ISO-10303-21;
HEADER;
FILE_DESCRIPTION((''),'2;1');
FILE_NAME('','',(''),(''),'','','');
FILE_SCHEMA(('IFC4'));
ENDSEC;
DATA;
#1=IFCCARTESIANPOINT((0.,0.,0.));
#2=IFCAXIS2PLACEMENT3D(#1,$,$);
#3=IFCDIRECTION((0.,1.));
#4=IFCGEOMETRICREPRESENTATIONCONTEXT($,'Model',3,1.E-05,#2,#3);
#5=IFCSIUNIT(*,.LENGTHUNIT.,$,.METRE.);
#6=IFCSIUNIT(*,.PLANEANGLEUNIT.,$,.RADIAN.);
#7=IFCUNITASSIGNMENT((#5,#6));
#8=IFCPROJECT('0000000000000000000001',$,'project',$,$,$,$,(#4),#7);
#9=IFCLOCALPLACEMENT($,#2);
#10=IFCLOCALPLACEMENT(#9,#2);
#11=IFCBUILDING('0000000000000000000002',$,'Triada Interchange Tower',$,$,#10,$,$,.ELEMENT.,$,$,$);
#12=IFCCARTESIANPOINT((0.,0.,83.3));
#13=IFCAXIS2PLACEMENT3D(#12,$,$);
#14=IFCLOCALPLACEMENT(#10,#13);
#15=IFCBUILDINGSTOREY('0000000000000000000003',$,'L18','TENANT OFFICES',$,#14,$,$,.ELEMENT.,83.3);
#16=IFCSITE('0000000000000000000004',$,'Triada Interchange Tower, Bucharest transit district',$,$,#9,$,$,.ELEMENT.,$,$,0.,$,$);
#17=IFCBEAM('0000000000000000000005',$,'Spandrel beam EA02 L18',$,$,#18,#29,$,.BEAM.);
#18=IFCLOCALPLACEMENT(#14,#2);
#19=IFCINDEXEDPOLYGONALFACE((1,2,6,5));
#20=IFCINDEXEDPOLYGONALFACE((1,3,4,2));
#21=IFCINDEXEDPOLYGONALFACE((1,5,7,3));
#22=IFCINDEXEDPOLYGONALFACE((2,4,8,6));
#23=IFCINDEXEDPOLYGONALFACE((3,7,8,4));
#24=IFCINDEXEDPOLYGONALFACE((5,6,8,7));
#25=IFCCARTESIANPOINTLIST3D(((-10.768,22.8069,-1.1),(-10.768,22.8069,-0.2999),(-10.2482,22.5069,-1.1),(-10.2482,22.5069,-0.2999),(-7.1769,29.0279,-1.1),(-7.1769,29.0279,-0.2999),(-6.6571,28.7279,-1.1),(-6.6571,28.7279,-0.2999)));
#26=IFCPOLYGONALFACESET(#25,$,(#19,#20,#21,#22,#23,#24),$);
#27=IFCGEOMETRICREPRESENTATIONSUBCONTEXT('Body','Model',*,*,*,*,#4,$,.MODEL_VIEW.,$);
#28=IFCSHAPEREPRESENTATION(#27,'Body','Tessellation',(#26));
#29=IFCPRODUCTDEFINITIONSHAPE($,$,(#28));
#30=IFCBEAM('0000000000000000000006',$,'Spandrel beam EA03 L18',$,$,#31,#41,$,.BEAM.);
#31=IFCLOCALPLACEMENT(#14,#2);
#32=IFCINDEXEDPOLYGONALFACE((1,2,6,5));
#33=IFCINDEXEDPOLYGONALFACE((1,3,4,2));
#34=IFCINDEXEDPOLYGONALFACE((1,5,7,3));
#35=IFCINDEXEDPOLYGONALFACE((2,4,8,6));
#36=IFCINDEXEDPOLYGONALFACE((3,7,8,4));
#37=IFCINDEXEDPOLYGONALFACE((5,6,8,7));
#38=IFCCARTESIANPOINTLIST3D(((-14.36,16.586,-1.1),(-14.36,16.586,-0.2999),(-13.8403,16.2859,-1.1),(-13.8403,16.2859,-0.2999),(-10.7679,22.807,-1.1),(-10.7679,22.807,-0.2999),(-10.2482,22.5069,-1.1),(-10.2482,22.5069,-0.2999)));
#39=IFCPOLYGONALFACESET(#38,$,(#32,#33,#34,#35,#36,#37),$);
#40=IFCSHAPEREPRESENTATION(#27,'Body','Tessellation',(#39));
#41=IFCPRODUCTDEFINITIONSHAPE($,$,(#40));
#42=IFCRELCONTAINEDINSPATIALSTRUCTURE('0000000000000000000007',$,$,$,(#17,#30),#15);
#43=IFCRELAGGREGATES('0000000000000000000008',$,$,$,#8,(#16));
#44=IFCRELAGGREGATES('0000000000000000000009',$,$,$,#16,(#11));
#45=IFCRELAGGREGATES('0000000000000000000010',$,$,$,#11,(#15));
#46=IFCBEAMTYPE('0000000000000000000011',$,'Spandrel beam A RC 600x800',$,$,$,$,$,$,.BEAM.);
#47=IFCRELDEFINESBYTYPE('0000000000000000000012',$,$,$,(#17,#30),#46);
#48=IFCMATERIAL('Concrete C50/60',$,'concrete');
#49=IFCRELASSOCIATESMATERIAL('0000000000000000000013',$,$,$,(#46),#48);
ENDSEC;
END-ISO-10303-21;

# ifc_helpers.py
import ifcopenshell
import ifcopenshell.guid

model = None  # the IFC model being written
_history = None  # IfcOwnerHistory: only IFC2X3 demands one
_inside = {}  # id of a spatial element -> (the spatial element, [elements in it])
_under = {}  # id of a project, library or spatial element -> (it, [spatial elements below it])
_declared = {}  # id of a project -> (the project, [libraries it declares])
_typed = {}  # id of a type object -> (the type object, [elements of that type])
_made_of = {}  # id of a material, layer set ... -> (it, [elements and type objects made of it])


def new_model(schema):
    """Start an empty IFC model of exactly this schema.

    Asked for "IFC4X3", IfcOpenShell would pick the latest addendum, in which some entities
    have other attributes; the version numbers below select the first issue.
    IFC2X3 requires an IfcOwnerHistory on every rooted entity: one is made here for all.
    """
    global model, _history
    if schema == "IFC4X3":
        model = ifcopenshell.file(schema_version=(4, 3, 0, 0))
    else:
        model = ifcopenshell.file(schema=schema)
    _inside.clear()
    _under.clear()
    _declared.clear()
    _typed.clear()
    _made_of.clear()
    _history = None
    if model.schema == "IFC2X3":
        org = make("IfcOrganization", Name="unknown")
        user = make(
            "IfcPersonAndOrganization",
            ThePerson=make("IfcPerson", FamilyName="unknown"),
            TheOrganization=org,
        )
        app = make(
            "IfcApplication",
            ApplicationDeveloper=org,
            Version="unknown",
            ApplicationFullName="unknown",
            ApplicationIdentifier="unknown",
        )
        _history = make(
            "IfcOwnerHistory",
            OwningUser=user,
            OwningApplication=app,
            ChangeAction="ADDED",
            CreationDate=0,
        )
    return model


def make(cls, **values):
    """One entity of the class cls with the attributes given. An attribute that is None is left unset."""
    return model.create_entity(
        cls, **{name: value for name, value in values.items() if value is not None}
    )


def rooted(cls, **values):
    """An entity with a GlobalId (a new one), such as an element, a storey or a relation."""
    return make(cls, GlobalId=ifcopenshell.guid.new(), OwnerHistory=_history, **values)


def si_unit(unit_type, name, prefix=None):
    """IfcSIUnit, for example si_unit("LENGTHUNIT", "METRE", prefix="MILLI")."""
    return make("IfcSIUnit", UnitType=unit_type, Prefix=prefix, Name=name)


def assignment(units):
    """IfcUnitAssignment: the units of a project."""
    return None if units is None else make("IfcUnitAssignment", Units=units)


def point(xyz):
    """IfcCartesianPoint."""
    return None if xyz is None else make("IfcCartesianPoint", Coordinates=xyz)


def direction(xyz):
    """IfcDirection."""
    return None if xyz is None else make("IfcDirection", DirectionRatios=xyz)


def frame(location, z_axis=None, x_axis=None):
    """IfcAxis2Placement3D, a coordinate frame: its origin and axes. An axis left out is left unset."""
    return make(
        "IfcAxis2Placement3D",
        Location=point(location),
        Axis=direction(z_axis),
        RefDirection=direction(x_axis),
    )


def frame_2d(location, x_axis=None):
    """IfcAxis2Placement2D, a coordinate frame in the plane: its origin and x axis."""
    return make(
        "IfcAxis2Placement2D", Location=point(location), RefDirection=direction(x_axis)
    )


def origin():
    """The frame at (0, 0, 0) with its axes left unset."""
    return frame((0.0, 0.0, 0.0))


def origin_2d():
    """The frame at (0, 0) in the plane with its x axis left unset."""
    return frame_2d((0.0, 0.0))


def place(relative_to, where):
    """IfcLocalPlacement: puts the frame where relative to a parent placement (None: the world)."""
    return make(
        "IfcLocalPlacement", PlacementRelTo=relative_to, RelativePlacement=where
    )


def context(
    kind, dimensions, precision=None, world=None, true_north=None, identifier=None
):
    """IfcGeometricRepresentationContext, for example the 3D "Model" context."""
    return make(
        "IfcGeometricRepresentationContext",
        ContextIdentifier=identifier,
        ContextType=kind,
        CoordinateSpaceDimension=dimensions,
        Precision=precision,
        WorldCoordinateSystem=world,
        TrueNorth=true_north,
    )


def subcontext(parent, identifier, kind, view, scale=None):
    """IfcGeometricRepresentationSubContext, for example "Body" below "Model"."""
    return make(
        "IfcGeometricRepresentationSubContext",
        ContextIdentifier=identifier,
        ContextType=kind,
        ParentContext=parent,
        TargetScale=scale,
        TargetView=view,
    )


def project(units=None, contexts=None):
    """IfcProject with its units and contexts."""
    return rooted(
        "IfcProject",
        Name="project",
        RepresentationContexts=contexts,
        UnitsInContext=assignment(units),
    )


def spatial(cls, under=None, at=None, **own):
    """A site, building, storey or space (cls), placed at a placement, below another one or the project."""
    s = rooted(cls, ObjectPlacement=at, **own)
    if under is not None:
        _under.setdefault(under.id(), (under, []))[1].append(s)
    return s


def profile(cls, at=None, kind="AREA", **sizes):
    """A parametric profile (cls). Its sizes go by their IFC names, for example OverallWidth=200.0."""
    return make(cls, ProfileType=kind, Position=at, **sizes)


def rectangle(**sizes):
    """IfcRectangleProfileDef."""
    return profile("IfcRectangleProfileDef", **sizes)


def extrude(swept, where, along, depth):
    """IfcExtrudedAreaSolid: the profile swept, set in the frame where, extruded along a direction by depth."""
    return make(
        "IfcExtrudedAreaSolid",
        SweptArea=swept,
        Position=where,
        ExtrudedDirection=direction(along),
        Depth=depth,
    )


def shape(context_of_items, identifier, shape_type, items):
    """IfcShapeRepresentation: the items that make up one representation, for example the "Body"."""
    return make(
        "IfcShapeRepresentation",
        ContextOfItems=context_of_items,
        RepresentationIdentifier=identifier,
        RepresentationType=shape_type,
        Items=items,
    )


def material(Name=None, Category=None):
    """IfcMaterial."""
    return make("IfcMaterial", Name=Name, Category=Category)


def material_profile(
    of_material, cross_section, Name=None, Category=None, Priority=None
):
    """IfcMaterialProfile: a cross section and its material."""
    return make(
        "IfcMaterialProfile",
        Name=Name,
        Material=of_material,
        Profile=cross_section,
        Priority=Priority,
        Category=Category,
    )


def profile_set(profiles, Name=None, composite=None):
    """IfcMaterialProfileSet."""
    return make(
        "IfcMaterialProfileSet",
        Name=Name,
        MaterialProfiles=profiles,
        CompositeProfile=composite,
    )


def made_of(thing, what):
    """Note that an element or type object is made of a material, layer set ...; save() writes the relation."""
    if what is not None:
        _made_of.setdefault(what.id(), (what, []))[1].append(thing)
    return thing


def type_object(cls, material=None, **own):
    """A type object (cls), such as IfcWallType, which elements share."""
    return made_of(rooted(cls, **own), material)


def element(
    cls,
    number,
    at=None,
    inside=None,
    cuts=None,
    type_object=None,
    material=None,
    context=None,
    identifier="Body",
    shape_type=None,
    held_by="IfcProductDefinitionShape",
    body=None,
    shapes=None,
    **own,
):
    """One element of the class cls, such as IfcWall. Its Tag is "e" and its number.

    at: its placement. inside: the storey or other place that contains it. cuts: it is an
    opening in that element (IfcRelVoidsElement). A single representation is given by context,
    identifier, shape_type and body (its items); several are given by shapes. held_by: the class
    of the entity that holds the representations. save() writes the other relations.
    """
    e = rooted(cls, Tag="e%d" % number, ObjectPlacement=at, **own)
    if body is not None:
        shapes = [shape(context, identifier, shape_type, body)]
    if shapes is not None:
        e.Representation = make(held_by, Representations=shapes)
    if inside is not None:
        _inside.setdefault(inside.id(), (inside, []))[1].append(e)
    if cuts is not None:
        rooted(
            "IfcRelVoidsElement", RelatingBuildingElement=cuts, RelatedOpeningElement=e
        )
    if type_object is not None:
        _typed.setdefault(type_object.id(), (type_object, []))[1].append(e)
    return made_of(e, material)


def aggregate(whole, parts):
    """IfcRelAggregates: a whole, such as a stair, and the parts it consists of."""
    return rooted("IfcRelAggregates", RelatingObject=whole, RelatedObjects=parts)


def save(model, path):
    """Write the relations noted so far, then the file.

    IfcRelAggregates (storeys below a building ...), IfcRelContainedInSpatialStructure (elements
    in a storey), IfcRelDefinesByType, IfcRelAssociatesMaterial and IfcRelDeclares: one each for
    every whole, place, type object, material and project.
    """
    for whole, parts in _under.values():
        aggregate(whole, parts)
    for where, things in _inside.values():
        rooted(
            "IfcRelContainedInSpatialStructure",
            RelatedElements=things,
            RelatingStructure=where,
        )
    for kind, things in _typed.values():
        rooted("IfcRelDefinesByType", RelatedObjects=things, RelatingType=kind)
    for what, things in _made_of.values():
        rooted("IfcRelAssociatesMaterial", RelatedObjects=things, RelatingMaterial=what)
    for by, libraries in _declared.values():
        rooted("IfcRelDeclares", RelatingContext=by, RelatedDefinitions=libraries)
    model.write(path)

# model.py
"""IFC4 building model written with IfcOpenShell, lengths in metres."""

from ifc_helpers import new_model, si_unit, direction, frame, origin, origin_2d, place, context, subcontext, project, spatial, rectangle, extrude, material, material_profile, profile_set, type_object, element, save


model = new_model("IFC4")

# Units and contexts
model_context = context("Model", 3, precision=1e-05, world=origin(), true_north=direction((0.0, 1.0)))
body_context = subcontext(model_context, "Body", "Model", "MODEL_VIEW")
ifc_project = project(units=[si_unit("LENGTHUNIT", "METRE"), si_unit("PLANEANGLEUNIT", "RADIAN")], contexts=[model_context])

# Site, building, storey
site_placement = place(None, origin())
site = spatial("IfcSite", under=ifc_project, at=site_placement, Name="Triada Interchange Tower, Bucharest transit district", CompositionType="ELEMENT", RefElevation=0.0)
building_placement = place(site_placement, origin())
building = spatial("IfcBuilding", under=site, at=building_placement, Name="Triada Interchange Tower", CompositionType="ELEMENT")
storey_placement = place(building_placement, frame((0.0, 0.0, 83.3)))
storey = spatial("IfcBuildingStorey", under=building, at=storey_placement, Name="L18", Description="TENANT OFFICES", CompositionType="ELEMENT", Elevation=83.3)

# Beams
ifc_material_1 = material(Name="Concrete C50/60", Category="concrete")
ifc_material_profile_1 = material_profile(ifc_material_1, rectangle(XDim=0.6001, YDim=0.8, at=origin_2d()), Name="RC 600x800")
ifc_profile_set_1 = profile_set([ifc_material_profile_1], Name="Concrete C50/60")
beam_type_1 = type_object("IfcBeamType", Name="Spandrel beam A RC 600x800", PredefinedType="BEAM", material=ifc_profile_set_1)
beam_1_placement = place(storey_placement, frame((-6.917, 28.8779, -0.7), z_axis=(-0.499937, -0.866062, 0.0), x_axis=(0.866062, -0.499937, 0.0)))
element("IfcBeam", 1, at=beam_1_placement, inside=storey, type_object=beam_type_1, Name="Spandrel beam EA02 L18", PredefinedType="BEAM", context=body_context, shape_type="SweptSolid", body=[
    extrude(rectangle(XDim=0.6001, YDim=0.8, at=origin_2d()), origin(), (0.0, 0.0, 1.0), 7.1831),
])
beam_2_placement = place(storey_placement, frame((-10.5081, 22.657, -0.7), z_axis=(-0.500039, -0.866003, 0.0), x_axis=(0.866003, -0.500039, 0.0)))
element("IfcBeam", 2, at=beam_2_placement, inside=storey, type_object=beam_type_1, Name="Spandrel beam EA03 L18", PredefinedType="BEAM", context=body_context, shape_type="SweptSolid", body=[
    extrude(rectangle(XDim=0.6001, YDim=0.8, at=origin_2d()), origin(), (0.0, 0.0, 1.0), 7.1836),
])

save(model, "model.ifc")
